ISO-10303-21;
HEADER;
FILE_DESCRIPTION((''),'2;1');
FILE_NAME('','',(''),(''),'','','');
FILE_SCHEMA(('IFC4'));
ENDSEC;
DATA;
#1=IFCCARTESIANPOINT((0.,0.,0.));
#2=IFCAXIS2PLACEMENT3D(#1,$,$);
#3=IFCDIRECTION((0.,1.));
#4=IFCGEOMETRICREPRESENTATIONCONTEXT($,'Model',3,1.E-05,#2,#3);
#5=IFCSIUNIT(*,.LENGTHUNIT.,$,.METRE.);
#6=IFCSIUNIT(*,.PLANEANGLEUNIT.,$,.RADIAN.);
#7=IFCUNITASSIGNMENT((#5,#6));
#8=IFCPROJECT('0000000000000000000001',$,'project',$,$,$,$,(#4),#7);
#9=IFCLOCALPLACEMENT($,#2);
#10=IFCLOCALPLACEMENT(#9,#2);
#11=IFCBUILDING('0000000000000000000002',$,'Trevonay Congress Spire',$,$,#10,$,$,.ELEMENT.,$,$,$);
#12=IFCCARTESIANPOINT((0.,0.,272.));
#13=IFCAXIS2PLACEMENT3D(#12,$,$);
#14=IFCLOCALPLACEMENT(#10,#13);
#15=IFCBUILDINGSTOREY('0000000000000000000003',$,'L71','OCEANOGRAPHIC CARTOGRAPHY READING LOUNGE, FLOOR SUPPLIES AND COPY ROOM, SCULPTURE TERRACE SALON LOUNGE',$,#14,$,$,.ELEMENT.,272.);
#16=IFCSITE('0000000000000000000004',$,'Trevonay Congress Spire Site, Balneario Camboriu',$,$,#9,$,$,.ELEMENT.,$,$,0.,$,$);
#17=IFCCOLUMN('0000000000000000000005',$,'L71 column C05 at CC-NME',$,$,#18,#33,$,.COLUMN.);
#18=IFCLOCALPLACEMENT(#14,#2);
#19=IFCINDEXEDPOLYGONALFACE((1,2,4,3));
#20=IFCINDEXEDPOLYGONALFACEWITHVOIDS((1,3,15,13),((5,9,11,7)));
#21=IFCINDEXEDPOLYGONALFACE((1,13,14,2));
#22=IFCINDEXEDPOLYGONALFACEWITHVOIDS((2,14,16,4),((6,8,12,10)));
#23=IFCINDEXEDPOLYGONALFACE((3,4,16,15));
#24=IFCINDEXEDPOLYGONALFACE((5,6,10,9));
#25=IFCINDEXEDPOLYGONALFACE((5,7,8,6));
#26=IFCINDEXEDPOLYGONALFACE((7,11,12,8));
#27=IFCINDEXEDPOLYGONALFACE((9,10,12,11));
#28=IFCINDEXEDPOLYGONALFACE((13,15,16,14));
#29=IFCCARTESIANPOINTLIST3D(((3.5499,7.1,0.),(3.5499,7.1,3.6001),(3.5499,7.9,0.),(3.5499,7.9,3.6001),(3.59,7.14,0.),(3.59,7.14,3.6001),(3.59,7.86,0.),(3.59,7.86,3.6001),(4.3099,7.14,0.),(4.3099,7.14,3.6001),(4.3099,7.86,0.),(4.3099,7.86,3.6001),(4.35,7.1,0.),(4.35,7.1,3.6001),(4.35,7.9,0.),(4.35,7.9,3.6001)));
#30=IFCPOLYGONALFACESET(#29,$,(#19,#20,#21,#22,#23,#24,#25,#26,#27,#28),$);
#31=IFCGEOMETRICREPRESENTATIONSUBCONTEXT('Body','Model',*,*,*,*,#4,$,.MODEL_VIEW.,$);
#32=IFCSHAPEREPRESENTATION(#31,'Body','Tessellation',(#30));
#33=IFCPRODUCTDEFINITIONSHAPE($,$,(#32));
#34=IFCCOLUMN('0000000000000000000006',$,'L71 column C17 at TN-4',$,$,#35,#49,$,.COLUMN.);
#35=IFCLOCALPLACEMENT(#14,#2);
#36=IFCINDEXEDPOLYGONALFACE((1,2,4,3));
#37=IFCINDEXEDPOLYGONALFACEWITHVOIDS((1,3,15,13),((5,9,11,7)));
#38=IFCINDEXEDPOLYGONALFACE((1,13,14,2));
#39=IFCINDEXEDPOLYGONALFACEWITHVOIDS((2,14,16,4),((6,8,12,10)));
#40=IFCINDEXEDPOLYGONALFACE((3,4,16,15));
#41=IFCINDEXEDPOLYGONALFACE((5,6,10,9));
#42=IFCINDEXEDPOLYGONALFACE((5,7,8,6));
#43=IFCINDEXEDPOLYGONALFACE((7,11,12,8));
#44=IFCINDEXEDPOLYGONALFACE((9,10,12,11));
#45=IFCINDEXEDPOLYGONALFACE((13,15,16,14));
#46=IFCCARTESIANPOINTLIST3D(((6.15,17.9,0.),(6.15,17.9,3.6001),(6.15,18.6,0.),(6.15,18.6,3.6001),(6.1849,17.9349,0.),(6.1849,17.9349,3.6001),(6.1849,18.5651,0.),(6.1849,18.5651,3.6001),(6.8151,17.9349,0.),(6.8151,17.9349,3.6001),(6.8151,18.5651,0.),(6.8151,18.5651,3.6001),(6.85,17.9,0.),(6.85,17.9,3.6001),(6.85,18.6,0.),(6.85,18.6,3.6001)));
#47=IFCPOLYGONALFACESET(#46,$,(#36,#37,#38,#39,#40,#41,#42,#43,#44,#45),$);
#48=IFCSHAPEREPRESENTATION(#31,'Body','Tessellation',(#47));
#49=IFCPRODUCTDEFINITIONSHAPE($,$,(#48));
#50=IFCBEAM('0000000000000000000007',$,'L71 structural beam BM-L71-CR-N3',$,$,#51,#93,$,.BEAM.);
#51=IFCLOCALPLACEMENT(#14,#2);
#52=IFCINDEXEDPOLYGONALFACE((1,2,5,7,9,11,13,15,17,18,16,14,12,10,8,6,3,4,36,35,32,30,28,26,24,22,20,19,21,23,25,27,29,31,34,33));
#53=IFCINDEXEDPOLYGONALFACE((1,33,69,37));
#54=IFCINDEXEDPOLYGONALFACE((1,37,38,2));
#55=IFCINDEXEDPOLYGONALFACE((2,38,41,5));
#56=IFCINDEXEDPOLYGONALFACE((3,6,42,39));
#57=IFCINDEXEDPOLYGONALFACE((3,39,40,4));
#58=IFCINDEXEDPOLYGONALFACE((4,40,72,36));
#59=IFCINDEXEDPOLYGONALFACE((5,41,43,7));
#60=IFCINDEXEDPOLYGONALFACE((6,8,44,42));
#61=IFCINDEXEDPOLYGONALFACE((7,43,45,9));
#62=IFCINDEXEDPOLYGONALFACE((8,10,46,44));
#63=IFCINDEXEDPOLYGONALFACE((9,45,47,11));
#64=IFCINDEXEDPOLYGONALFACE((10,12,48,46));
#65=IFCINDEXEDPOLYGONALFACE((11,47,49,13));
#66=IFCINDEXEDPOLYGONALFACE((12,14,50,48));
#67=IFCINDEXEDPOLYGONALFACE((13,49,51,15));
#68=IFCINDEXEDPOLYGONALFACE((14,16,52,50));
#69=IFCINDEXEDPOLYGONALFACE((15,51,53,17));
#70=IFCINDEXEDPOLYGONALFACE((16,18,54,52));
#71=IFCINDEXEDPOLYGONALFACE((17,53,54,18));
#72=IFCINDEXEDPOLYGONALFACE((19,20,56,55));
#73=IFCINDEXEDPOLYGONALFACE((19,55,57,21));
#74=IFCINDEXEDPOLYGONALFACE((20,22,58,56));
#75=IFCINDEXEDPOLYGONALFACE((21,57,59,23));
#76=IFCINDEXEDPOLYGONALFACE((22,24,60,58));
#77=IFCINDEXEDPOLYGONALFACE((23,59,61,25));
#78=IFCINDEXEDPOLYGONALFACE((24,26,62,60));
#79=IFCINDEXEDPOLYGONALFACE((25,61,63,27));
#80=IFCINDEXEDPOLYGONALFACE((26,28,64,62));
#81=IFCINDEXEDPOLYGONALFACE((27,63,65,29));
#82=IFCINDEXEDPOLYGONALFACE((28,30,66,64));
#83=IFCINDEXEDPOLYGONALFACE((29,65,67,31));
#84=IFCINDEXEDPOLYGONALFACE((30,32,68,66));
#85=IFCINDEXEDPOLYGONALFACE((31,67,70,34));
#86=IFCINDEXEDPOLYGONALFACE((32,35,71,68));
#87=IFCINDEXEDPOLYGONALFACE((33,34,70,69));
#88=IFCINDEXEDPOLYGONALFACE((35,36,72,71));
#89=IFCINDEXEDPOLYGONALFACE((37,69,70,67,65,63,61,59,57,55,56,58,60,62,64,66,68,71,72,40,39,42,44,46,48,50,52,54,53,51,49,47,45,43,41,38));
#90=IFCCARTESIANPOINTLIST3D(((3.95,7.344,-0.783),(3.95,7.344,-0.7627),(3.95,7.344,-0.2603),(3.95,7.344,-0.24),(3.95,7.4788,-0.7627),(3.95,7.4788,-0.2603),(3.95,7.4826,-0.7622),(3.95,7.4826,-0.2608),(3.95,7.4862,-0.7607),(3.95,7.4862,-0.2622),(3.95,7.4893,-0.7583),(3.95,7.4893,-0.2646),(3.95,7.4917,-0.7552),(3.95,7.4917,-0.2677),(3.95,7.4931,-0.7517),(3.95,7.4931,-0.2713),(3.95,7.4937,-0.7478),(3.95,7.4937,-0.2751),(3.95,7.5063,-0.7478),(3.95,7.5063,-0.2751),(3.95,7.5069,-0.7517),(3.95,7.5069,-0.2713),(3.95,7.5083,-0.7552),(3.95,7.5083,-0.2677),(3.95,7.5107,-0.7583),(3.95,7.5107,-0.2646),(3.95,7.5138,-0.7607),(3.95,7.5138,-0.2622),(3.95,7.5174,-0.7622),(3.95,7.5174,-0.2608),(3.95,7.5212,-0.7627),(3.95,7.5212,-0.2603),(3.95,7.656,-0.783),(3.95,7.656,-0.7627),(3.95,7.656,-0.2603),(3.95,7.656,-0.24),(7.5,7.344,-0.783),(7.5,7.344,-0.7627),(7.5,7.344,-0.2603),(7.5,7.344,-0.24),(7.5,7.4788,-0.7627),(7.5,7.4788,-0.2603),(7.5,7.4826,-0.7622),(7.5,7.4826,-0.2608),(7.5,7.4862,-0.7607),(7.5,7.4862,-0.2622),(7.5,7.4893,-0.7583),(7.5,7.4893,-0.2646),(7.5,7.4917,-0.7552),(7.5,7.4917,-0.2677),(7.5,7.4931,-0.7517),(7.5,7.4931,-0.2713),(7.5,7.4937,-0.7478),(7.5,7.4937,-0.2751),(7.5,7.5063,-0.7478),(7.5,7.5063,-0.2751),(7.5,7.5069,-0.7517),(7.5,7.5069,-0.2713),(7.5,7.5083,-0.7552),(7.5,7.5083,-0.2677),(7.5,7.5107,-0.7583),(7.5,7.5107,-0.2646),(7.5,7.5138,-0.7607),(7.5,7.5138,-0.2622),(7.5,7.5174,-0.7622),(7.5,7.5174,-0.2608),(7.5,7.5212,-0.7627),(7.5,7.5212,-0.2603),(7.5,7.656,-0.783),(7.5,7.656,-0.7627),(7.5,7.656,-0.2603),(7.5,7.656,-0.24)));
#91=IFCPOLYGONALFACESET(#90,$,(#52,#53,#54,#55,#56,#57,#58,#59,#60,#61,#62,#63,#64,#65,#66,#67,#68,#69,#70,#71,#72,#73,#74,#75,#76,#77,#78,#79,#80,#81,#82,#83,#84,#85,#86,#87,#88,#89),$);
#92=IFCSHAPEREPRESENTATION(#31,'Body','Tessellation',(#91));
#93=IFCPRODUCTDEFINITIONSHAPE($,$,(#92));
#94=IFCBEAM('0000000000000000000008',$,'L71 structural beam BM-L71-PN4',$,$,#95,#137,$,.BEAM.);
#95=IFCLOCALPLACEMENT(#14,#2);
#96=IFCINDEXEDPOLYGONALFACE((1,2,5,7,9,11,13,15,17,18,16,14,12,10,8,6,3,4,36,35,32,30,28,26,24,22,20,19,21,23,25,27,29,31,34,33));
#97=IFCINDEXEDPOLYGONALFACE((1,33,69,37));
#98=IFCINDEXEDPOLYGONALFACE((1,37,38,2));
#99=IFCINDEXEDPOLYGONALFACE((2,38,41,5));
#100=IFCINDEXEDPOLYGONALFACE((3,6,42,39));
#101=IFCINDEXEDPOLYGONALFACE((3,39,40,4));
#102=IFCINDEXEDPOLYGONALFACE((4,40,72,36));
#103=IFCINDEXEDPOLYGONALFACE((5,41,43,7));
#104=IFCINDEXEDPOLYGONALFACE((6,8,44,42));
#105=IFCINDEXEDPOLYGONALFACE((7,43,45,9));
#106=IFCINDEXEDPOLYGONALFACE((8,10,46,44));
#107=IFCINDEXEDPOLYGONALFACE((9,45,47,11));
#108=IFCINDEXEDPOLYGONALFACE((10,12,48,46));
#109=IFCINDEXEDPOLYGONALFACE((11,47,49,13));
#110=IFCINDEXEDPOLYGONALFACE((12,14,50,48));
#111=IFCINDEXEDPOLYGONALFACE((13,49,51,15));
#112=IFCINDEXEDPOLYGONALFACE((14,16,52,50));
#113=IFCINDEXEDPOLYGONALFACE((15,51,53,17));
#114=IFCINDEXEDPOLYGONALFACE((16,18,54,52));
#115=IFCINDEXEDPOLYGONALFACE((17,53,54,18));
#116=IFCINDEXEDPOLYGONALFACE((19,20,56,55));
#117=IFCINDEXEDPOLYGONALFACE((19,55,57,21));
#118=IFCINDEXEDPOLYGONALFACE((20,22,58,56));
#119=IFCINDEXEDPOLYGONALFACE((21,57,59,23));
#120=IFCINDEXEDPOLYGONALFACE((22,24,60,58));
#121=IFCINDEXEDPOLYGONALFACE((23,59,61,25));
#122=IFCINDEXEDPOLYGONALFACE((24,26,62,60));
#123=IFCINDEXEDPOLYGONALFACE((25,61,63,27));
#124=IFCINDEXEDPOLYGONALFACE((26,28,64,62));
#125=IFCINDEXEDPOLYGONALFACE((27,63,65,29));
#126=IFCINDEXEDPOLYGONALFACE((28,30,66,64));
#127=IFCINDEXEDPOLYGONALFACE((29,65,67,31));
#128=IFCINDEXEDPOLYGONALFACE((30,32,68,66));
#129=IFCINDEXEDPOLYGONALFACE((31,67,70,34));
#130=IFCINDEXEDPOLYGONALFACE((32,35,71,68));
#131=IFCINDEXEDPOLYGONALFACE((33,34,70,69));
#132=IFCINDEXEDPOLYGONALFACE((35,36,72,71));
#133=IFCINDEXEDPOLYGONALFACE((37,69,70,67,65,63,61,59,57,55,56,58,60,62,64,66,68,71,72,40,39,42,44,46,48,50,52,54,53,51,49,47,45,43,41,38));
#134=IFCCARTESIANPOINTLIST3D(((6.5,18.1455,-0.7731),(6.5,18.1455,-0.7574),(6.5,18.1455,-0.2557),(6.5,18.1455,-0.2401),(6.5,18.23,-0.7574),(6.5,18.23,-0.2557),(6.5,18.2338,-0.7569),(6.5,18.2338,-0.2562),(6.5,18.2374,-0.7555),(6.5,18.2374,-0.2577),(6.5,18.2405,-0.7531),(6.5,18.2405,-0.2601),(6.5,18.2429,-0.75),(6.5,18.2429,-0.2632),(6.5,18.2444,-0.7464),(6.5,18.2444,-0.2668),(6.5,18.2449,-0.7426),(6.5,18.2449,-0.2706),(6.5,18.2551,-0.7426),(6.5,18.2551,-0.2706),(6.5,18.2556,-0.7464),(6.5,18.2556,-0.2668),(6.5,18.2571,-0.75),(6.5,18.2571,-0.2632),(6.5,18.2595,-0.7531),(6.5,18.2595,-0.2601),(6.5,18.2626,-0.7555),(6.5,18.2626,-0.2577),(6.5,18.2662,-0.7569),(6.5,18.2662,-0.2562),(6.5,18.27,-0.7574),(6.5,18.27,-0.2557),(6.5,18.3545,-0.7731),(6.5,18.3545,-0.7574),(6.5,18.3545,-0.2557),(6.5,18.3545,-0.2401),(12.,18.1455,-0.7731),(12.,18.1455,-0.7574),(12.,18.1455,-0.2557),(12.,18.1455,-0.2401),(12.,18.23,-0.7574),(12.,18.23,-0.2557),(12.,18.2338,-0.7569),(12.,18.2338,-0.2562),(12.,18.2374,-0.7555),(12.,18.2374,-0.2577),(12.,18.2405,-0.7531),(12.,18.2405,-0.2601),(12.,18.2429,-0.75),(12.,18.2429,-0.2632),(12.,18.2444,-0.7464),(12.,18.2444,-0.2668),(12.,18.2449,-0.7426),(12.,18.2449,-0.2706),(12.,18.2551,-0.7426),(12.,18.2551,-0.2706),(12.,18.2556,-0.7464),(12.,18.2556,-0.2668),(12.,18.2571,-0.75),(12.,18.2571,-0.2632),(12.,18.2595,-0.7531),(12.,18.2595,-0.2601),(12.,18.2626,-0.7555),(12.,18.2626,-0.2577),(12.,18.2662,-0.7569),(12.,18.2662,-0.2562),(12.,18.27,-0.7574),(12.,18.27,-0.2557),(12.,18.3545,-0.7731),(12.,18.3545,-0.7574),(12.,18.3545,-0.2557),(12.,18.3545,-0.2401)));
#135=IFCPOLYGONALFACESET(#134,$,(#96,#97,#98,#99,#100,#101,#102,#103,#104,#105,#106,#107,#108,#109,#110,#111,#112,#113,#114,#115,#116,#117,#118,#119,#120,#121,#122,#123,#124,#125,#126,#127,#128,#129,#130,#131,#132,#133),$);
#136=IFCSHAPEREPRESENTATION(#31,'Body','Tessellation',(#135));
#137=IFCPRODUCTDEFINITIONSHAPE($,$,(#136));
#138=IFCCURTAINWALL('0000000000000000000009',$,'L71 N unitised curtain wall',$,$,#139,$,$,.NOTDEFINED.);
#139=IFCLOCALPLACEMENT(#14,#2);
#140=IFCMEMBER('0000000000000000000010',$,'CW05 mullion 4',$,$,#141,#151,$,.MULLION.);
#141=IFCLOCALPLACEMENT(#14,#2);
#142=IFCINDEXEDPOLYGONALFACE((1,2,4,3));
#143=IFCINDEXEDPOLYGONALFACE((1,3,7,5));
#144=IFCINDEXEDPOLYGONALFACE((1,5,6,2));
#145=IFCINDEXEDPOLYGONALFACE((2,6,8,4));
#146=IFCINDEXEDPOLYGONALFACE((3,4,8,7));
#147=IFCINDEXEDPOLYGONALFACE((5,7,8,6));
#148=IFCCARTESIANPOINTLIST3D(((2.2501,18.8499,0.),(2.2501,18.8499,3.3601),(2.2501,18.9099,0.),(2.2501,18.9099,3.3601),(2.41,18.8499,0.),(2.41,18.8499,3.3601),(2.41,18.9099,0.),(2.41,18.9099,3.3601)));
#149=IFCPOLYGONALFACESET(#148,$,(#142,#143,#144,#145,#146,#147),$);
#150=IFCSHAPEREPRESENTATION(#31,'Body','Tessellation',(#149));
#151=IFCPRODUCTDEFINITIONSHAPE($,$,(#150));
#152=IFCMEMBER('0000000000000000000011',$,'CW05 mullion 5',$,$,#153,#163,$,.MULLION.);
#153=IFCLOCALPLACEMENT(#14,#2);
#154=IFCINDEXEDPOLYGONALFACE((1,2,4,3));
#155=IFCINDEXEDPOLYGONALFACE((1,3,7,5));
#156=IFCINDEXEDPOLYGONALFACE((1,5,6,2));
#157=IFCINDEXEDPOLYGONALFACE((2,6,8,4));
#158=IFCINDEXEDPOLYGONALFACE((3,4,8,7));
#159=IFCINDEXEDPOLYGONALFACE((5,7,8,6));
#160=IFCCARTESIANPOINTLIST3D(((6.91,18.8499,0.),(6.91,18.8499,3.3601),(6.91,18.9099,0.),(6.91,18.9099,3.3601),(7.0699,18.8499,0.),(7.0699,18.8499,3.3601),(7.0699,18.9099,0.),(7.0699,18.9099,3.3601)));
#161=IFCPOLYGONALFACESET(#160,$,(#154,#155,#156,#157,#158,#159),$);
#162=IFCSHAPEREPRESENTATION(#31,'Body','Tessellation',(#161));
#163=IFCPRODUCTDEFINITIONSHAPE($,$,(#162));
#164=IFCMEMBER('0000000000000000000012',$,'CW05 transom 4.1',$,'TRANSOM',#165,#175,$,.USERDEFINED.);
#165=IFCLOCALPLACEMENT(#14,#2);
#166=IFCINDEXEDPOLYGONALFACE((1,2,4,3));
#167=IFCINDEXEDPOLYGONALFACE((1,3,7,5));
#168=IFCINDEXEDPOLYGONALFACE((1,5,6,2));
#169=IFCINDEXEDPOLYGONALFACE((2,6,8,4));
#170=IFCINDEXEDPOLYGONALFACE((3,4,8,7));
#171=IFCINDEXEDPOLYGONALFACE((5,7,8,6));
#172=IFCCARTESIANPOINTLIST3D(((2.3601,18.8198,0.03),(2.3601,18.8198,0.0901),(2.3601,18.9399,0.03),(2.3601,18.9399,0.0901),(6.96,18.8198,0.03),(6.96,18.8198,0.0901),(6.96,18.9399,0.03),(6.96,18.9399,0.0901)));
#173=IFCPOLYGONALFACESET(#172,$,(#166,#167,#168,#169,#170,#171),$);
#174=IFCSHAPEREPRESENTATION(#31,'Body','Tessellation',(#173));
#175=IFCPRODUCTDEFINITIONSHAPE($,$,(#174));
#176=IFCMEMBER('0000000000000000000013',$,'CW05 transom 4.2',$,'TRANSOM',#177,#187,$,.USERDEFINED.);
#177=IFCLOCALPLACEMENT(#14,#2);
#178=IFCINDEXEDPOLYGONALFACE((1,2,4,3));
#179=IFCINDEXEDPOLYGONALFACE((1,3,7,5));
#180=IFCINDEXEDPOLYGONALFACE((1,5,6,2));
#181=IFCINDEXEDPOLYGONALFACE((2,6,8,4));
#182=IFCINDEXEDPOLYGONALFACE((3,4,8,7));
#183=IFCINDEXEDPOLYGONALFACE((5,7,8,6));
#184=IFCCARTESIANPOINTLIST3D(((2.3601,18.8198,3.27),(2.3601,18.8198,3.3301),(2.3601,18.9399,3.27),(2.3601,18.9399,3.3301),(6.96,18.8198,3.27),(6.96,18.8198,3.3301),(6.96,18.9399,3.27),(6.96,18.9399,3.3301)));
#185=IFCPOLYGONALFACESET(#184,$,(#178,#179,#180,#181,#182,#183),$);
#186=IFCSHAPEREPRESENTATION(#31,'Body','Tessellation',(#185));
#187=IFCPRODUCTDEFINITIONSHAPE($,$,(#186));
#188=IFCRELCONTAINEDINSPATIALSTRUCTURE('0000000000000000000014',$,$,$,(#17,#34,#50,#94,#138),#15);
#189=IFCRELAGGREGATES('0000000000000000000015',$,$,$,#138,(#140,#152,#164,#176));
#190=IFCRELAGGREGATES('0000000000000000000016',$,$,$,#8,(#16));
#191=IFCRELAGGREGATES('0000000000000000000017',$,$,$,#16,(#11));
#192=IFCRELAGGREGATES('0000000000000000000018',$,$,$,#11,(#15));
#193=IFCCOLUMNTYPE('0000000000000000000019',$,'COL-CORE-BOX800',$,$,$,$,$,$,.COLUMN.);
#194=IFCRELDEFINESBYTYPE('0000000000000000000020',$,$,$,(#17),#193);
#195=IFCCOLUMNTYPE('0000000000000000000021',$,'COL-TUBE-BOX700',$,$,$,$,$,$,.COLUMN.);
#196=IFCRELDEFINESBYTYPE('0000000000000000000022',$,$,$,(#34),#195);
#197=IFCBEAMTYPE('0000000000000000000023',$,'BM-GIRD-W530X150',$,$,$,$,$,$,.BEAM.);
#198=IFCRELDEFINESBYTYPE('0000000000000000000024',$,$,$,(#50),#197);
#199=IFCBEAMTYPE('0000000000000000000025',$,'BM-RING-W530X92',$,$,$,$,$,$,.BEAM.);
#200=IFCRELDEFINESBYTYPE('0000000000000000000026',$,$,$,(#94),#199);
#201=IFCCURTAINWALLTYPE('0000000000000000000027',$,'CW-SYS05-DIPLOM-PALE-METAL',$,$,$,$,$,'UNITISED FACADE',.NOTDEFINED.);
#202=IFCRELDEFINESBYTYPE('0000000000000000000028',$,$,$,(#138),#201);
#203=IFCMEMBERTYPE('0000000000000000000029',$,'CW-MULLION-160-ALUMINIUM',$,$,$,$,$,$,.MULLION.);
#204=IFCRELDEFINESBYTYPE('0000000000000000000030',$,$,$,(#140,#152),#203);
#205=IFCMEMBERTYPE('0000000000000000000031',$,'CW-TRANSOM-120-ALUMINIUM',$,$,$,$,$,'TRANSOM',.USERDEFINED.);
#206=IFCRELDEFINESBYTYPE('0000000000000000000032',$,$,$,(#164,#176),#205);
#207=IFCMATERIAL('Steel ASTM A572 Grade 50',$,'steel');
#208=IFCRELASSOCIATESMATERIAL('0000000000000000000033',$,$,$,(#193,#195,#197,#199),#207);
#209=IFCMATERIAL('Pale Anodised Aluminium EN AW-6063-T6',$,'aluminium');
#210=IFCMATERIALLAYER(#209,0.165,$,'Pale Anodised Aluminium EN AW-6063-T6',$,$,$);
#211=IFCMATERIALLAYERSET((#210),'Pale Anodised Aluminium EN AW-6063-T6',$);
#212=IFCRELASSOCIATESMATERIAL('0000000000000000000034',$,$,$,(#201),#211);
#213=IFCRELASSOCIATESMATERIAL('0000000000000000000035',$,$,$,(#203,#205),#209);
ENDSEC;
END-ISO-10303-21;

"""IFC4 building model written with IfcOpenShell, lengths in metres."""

from ifc_helpers import new_model, si_unit, direction, frame, origin, origin_2d, place, context, subcontext, project, spatial, rectangle, hollow_rectangle, i_section, extrude, material, layer, layer_set, material_profile, profile_set, type_object, element, aggregate, save


model = new_model("IFC4")

# Units and contexts
model_context = context("Model", 3, precision=1e-05, world=origin(), true_north=direction((0.0, 1.0)))
body_context = subcontext(model_context, "Body", "Model", "MODEL_VIEW")
ifc_project = project(units=[si_unit("LENGTHUNIT", "METRE"), si_unit("PLANEANGLEUNIT", "RADIAN")], contexts=[model_context])

# Site, building, storey
site_placement = place(None, origin())
site = spatial("IfcSite", under=ifc_project, at=site_placement, Name="Trevonay Congress Spire Site, Balneario Camboriu", CompositionType="ELEMENT", RefElevation=0.0)
building_placement = place(site_placement, origin())
building = spatial("IfcBuilding", under=site, at=building_placement, Name="Trevonay Congress Spire", CompositionType="ELEMENT")
storey_placement = place(building_placement, frame((0.0, 0.0, 272.0)))
storey = spatial("IfcBuildingStorey", under=building, at=storey_placement, Name="L71", Description="OCEANOGRAPHIC CARTOGRAPHY READING LOUNGE, FLOOR SUPPLIES AND COPY ROOM, SCULPTURE TERRACE SALON LOUNGE", CompositionType="ELEMENT", Elevation=272.0)

# Columns
ifc_material_1 = material(Name="Steel ASTM A572 Grade 50", Category="steel")
ifc_material_profile_1 = material_profile(ifc_material_1, hollow_rectangle(XDim=0.8, YDim=0.8, WallThickness=0.04, at=origin_2d()), Name="BOX 800x800x40")
ifc_profile_set_1 = profile_set([ifc_material_profile_1], Name="Steel ASTM A572 Grade 50")
column_type_1 = type_object("IfcColumnType", Name="COL-CORE-BOX800", PredefinedType="COLUMN", material=ifc_profile_set_1)
column_1_placement = place(storey_placement, frame((3.95, 7.5, 0.0), z_axis=(0.0, 0.0, 1.0), x_axis=(1.0, 0.0, 0.0)))
element("IfcColumn", 1, at=column_1_placement, inside=storey, type_object=column_type_1, Name="L71 column C05 at CC-NME", PredefinedType="COLUMN", context=body_context, shape_type="SweptSolid", body=[
    extrude(hollow_rectangle(XDim=0.8, YDim=0.8, WallThickness=0.04, at=origin_2d()), origin(), (0.0, 0.0, 1.0), 3.6001),
])
ifc_material_profile_2 = material_profile(ifc_material_1, hollow_rectangle(XDim=0.7, YDim=0.7, WallThickness=0.0349, at=origin_2d()), Name="BOX 700x700x35")
ifc_profile_set_2 = profile_set([ifc_material_profile_2], Name="Steel ASTM A572 Grade 50")
column_type_2 = type_object("IfcColumnType", Name="COL-TUBE-BOX700", PredefinedType="COLUMN", material=ifc_profile_set_2)
column_2_placement = place(storey_placement, frame((6.5, 18.25, 0.0), z_axis=(0.0, 0.0, 1.0), x_axis=(1.0, 0.0, 0.0)))
element("IfcColumn", 2, at=column_2_placement, inside=storey, type_object=column_type_2, Name="L71 column C17 at TN-4", PredefinedType="COLUMN", context=body_context, shape_type="SweptSolid", body=[
    extrude(hollow_rectangle(XDim=0.7, YDim=0.7, WallThickness=0.0349, at=origin_2d()), origin(), (0.0, 0.0, 1.0), 3.6001),
])

# Beams
ifc_material_profile_3 = material_profile(ifc_material_1, i_section(OverallWidth=0.312, OverallDepth=0.543, WebThickness=0.0127, FlangeThickness=0.0203, FilletRadius=0.0149, at=origin_2d()), Name="W530x150")
ifc_profile_set_3 = profile_set([ifc_material_profile_3], Name="Steel ASTM A572 Grade 50")
beam_type_1 = type_object("IfcBeamType", Name="BM-GIRD-W530X150", PredefinedType="BEAM", material=ifc_profile_set_3)
beam_1_placement = place(storey_placement, frame((3.95, 7.5, -0.5115), z_axis=(1.0, 0.0, 0.0), x_axis=(0.0, 1.0, 0.0)))
element("IfcBeam", 3, at=beam_1_placement, inside=storey, type_object=beam_type_1, Name="L71 structural beam BM-L71-CR-N3", PredefinedType="BEAM", context=body_context, shape_type="SweptSolid", body=[
    extrude(i_section(OverallWidth=0.312, OverallDepth=0.543, WebThickness=0.0127, FlangeThickness=0.0203, FilletRadius=0.0149, at=origin_2d()), origin(), (0.0, 0.0, 1.0), 3.55),
])
ifc_material_profile_4 = material_profile(ifc_material_1, i_section(OverallWidth=0.209, OverallDepth=0.533, WebThickness=0.0103, FlangeThickness=0.0156, FilletRadius=0.0149, at=origin_2d()), Name="W530x92")
ifc_profile_set_4 = profile_set([ifc_material_profile_4], Name="Steel ASTM A572 Grade 50")
beam_type_2 = type_object("IfcBeamType", Name="BM-RING-W530X92", PredefinedType="BEAM", material=ifc_profile_set_4)
beam_2_placement = place(storey_placement, frame((6.5, 18.25, -0.5066), z_axis=(1.0, 0.0, 0.0), x_axis=(0.0, 1.0, 0.0)))
element("IfcBeam", 4, at=beam_2_placement, inside=storey, type_object=beam_type_2, Name="L71 structural beam BM-L71-PN4", PredefinedType="BEAM", context=body_context, shape_type="SweptSolid", body=[
    extrude(i_section(OverallWidth=0.209, OverallDepth=0.533, WebThickness=0.0103, FlangeThickness=0.0156, FilletRadius=0.0149, at=origin_2d()), origin(), (0.0, 0.0, 1.0), 5.5),
])

# Curtain wall, members
ifc_material_2 = material(Name="Pale Anodised Aluminium EN AW-6063-T6", Category="aluminium")
ifc_layer_1 = layer(ifc_material_2, 0.165, Name="Pale Anodised Aluminium EN AW-6063-T6")
ifc_layer_set_1 = layer_set([ifc_layer_1], Name="Pale Anodised Aluminium EN AW-6063-T6")
curtain_wall_type = type_object("IfcCurtainWallType", Name="CW-SYS05-DIPLOM-PALE-METAL", ElementType="UNITISED FACADE", PredefinedType="NOTDEFINED", material=ifc_layer_set_1)
curtain_wall_placement = place(storey_placement, origin())
curtain_wall = element("IfcCurtainWall", 5, at=curtain_wall_placement, inside=storey, type_object=curtain_wall_type, Name="L71 N unitised curtain wall", PredefinedType="NOTDEFINED")
ifc_material_profile_5 = material_profile(ifc_material_2, rectangle(XDim=0.0601, YDim=0.1599, at=origin_2d()), Name="CW-MULLION-160-ALUMINIUM")
ifc_profile_set_5 = profile_set([ifc_material_profile_5], Name="Pale Anodised Aluminium EN AW-6063-T6")
member_type_1 = type_object("IfcMemberType", Name="CW-MULLION-160-ALUMINIUM", PredefinedType="MULLION", material=ifc_profile_set_5)
member_1_placement = place(storey_placement, frame((2.3301, 18.8799, 0.0), z_axis=(0.0, 0.0, 1.0), x_axis=(0.0, 1.0, 0.0)))
member_1 = element("IfcMember", 6, at=member_1_placement, type_object=member_type_1, Name="CW05 mullion 4", PredefinedType="MULLION", context=body_context, shape_type="SweptSolid", body=[
    extrude(rectangle(XDim=0.0601, YDim=0.1599, at=origin_2d()), origin(), (0.0, 0.0, 1.0), 3.3601),
])
member_2_placement = place(storey_placement, frame((6.99, 18.8799, 0.0), z_axis=(0.0, 0.0, 1.0), x_axis=(0.0, 1.0, 0.0)))
member_2 = element("IfcMember", 7, at=member_2_placement, type_object=member_type_1, Name="CW05 mullion 5", PredefinedType="MULLION", context=body_context, shape_type="SweptSolid", body=[
    extrude(rectangle(XDim=0.0601, YDim=0.1599, at=origin_2d()), origin(), (0.0, 0.0, 1.0), 3.3601),
])
ifc_material_profile_6 = material_profile(ifc_material_2, rectangle(XDim=0.1201, YDim=0.0601, at=origin_2d()), Name="CW-TRANSOM-120-ALUMINIUM")
ifc_profile_set_6 = profile_set([ifc_material_profile_6], Name="Pale Anodised Aluminium EN AW-6063-T6")
member_type_2 = type_object("IfcMemberType", Name="CW-TRANSOM-120-ALUMINIUM", ElementType="TRANSOM", PredefinedType="USERDEFINED", material=ifc_profile_set_6)
member_3_placement = place(storey_placement, frame((2.3601, 18.8799, 0.0601), z_axis=(1.0, 0.0, 0.0), x_axis=(0.0, 1.0, 0.0)))
member_3 = element("IfcMember", 8, at=member_3_placement, type_object=member_type_2, Name="CW05 transom 4.1", ObjectType="TRANSOM", PredefinedType="USERDEFINED", context=body_context, shape_type="SweptSolid", body=[
    extrude(rectangle(XDim=0.1201, YDim=0.0601, at=origin_2d()), origin(), (0.0, 0.0, 1.0), 4.5999),
])
member_4_placement = place(storey_placement, frame((2.3601, 18.8799, 3.3), z_axis=(1.0, 0.0, 0.0), x_axis=(0.0, 1.0, 0.0)))
member_4 = element("IfcMember", 9, at=member_4_placement, type_object=member_type_2, Name="CW05 transom 4.2", ObjectType="TRANSOM", PredefinedType="USERDEFINED", context=body_context, shape_type="SweptSolid", body=[
    extrude(rectangle(XDim=0.1201, YDim=0.0601, at=origin_2d()), origin(), (0.0, 0.0, 1.0), 4.5999),
])

aggregate(curtain_wall, [member_1, member_2, member_3, member_4])

save(model, "model.ifc")
